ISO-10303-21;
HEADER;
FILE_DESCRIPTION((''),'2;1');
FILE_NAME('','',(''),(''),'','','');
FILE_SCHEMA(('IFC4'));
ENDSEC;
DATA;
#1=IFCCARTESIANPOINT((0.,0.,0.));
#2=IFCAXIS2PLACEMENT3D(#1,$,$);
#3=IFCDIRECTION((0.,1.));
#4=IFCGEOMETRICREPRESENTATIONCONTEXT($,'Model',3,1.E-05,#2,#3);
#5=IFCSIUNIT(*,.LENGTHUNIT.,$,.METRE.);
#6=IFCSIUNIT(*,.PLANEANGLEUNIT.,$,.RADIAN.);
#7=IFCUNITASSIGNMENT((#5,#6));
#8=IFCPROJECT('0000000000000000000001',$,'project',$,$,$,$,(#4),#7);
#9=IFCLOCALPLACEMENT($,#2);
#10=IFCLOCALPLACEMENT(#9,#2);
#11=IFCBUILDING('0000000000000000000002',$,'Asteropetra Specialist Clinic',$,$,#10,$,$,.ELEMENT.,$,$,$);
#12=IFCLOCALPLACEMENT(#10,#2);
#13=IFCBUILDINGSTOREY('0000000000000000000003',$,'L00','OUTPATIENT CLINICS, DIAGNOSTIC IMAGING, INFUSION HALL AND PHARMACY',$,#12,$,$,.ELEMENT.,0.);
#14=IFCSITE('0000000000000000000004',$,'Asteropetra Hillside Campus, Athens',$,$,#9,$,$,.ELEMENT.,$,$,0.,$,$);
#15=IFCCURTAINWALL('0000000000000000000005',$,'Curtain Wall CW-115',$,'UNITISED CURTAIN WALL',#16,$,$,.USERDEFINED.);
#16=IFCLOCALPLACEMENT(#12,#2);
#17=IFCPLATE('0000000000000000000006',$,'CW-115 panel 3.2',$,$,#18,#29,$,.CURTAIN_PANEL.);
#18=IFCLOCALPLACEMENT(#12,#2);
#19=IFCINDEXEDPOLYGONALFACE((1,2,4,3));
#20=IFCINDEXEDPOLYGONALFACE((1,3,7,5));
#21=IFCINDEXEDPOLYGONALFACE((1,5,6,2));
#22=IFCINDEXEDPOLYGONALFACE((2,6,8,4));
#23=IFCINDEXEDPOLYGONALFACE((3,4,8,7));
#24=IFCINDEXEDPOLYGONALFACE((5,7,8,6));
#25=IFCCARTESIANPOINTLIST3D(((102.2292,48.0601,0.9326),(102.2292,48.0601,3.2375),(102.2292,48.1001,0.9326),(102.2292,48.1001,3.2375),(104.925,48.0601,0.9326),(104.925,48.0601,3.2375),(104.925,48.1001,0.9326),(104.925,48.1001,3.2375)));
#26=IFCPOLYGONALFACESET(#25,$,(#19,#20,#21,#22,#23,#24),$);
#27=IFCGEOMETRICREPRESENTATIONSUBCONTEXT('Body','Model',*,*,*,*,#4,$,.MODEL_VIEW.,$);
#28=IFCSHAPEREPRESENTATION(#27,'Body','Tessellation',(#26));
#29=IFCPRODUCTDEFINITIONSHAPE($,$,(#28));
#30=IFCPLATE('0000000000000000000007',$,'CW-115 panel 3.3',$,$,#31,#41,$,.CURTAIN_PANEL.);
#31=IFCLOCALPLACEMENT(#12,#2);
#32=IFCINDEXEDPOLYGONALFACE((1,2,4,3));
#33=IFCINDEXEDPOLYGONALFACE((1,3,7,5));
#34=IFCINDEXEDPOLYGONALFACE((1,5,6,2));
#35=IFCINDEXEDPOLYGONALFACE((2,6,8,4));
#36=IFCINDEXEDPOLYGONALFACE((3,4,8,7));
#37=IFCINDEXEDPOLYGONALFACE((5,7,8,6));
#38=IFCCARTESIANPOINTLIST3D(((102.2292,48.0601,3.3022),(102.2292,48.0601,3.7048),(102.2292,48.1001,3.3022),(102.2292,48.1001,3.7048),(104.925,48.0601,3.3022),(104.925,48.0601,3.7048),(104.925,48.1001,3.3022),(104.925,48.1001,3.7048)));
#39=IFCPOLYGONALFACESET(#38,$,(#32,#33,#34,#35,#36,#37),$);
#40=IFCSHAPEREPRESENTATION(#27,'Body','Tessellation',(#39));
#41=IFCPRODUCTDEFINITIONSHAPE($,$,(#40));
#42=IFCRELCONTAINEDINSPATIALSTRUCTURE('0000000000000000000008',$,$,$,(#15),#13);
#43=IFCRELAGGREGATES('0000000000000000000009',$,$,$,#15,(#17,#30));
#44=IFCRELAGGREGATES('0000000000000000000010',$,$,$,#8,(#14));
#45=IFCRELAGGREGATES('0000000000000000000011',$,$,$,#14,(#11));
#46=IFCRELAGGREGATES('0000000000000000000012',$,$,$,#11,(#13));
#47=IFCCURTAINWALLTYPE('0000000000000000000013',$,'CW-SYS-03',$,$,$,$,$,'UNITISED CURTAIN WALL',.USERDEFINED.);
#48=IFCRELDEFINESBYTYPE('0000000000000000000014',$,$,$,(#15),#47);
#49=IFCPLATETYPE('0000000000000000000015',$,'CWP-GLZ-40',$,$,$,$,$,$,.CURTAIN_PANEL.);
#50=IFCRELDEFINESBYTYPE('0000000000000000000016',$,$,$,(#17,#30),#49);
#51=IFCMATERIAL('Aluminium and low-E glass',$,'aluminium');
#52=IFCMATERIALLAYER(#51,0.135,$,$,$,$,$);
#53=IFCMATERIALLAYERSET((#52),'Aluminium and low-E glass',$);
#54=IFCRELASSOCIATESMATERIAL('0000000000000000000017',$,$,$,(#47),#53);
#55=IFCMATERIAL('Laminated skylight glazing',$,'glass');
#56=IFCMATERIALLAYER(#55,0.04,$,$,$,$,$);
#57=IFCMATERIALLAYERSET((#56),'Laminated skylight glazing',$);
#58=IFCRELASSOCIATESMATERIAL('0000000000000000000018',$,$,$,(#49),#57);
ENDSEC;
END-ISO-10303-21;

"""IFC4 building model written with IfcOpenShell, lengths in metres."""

from ifc_helpers import new_model, si_unit, direction, frame, origin, origin_2d, place, context, subcontext, project, spatial, rectangle, extrude, material, layer, layer_set, type_object, element, aggregate, save


model = new_model("IFC4")

# Units and contexts
model_context = context("Model", 3, precision=1e-05, world=origin(), true_north=direction((0.0, 1.0)))
body_context = subcontext(model_context, "Body", "Model", "MODEL_VIEW")
ifc_project = project(units=[si_unit("LENGTHUNIT", "METRE"), si_unit("PLANEANGLEUNIT", "RADIAN")], contexts=[model_context])

# Site, building, storey
site_placement = place(None, origin())
site = spatial("IfcSite", under=ifc_project, at=site_placement, Name="Asteropetra Hillside Campus, Athens", CompositionType="ELEMENT", RefElevation=0.0)
building_placement = place(site_placement, origin())
building = spatial("IfcBuilding", under=site, at=building_placement, Name="Asteropetra Specialist Clinic", CompositionType="ELEMENT")
storey_placement = place(building_placement, origin())
storey = spatial("IfcBuildingStorey", under=building, at=storey_placement, Name="L00", Description="OUTPATIENT CLINICS, DIAGNOSTIC IMAGING, INFUSION HALL AND PHARMACY", CompositionType="ELEMENT", Elevation=0.0)

# Curtain wall
ifc_material_1 = material(Name="Aluminium and low-E glass", Category="aluminium")
ifc_layer_1 = layer(ifc_material_1, 0.135)
ifc_layer_set_1 = layer_set([ifc_layer_1], Name="Aluminium and low-E glass")
curtain_wall_type_1 = type_object("IfcCurtainWallType", Name="CW-SYS-03", ElementType="UNITISED CURTAIN WALL", PredefinedType="USERDEFINED", material=ifc_layer_set_1)
curtain_wall_1_placement = place(storey_placement, origin())
curtain_wall_1 = element("IfcCurtainWall", 1, at=curtain_wall_1_placement, inside=storey, type_object=curtain_wall_type_1, Name="Curtain Wall CW-115", ObjectType="UNITISED CURTAIN WALL", PredefinedType="USERDEFINED")

# Plates
ifc_material_2 = material(Name="Laminated skylight glazing", Category="glass")
ifc_layer_2 = layer(ifc_material_2, 0.04)
ifc_layer_set_2 = layer_set([ifc_layer_2], Name="Laminated skylight glazing")
plate_type_1 = type_object("IfcPlateType", Name="CWP-GLZ-40", PredefinedType="CURTAIN_PANEL", material=ifc_layer_set_2)
plate_1_placement = place(storey_placement, frame((103.5771, 48.0801, 0.9326), z_axis=(0.0, 0.0, 1.0), x_axis=(1.0, 0.0, 0.0)))
plate_1 = element("IfcPlate", 2, at=plate_1_placement, type_object=plate_type_1, Name="CW-115 panel 3.2", PredefinedType="CURTAIN_PANEL", context=body_context, shape_type="SweptSolid", body=[
    extrude(rectangle(XDim=2.6958, YDim=0.04, at=origin_2d()), origin(), (0.0, 0.0, 1.0), 2.3049),
])
plate_2_placement = place(storey_placement, frame((103.5771, 48.0801, 3.3022), z_axis=(0.0, 0.0, 1.0), x_axis=(1.0, 0.0, 0.0)))
plate_2 = element("IfcPlate", 3, at=plate_2_placement, type_object=plate_type_1, Name="CW-115 panel 3.3", PredefinedType="CURTAIN_PANEL", context=body_context, shape_type="SweptSolid", body=[
    extrude(rectangle(XDim=2.6958, YDim=0.04, at=origin_2d()), origin(), (0.0, 0.0, 1.0), 0.4026),
])
aggregate(curtain_wall_1, [plate_1, plate_2])

save(model, "model.ifc")
